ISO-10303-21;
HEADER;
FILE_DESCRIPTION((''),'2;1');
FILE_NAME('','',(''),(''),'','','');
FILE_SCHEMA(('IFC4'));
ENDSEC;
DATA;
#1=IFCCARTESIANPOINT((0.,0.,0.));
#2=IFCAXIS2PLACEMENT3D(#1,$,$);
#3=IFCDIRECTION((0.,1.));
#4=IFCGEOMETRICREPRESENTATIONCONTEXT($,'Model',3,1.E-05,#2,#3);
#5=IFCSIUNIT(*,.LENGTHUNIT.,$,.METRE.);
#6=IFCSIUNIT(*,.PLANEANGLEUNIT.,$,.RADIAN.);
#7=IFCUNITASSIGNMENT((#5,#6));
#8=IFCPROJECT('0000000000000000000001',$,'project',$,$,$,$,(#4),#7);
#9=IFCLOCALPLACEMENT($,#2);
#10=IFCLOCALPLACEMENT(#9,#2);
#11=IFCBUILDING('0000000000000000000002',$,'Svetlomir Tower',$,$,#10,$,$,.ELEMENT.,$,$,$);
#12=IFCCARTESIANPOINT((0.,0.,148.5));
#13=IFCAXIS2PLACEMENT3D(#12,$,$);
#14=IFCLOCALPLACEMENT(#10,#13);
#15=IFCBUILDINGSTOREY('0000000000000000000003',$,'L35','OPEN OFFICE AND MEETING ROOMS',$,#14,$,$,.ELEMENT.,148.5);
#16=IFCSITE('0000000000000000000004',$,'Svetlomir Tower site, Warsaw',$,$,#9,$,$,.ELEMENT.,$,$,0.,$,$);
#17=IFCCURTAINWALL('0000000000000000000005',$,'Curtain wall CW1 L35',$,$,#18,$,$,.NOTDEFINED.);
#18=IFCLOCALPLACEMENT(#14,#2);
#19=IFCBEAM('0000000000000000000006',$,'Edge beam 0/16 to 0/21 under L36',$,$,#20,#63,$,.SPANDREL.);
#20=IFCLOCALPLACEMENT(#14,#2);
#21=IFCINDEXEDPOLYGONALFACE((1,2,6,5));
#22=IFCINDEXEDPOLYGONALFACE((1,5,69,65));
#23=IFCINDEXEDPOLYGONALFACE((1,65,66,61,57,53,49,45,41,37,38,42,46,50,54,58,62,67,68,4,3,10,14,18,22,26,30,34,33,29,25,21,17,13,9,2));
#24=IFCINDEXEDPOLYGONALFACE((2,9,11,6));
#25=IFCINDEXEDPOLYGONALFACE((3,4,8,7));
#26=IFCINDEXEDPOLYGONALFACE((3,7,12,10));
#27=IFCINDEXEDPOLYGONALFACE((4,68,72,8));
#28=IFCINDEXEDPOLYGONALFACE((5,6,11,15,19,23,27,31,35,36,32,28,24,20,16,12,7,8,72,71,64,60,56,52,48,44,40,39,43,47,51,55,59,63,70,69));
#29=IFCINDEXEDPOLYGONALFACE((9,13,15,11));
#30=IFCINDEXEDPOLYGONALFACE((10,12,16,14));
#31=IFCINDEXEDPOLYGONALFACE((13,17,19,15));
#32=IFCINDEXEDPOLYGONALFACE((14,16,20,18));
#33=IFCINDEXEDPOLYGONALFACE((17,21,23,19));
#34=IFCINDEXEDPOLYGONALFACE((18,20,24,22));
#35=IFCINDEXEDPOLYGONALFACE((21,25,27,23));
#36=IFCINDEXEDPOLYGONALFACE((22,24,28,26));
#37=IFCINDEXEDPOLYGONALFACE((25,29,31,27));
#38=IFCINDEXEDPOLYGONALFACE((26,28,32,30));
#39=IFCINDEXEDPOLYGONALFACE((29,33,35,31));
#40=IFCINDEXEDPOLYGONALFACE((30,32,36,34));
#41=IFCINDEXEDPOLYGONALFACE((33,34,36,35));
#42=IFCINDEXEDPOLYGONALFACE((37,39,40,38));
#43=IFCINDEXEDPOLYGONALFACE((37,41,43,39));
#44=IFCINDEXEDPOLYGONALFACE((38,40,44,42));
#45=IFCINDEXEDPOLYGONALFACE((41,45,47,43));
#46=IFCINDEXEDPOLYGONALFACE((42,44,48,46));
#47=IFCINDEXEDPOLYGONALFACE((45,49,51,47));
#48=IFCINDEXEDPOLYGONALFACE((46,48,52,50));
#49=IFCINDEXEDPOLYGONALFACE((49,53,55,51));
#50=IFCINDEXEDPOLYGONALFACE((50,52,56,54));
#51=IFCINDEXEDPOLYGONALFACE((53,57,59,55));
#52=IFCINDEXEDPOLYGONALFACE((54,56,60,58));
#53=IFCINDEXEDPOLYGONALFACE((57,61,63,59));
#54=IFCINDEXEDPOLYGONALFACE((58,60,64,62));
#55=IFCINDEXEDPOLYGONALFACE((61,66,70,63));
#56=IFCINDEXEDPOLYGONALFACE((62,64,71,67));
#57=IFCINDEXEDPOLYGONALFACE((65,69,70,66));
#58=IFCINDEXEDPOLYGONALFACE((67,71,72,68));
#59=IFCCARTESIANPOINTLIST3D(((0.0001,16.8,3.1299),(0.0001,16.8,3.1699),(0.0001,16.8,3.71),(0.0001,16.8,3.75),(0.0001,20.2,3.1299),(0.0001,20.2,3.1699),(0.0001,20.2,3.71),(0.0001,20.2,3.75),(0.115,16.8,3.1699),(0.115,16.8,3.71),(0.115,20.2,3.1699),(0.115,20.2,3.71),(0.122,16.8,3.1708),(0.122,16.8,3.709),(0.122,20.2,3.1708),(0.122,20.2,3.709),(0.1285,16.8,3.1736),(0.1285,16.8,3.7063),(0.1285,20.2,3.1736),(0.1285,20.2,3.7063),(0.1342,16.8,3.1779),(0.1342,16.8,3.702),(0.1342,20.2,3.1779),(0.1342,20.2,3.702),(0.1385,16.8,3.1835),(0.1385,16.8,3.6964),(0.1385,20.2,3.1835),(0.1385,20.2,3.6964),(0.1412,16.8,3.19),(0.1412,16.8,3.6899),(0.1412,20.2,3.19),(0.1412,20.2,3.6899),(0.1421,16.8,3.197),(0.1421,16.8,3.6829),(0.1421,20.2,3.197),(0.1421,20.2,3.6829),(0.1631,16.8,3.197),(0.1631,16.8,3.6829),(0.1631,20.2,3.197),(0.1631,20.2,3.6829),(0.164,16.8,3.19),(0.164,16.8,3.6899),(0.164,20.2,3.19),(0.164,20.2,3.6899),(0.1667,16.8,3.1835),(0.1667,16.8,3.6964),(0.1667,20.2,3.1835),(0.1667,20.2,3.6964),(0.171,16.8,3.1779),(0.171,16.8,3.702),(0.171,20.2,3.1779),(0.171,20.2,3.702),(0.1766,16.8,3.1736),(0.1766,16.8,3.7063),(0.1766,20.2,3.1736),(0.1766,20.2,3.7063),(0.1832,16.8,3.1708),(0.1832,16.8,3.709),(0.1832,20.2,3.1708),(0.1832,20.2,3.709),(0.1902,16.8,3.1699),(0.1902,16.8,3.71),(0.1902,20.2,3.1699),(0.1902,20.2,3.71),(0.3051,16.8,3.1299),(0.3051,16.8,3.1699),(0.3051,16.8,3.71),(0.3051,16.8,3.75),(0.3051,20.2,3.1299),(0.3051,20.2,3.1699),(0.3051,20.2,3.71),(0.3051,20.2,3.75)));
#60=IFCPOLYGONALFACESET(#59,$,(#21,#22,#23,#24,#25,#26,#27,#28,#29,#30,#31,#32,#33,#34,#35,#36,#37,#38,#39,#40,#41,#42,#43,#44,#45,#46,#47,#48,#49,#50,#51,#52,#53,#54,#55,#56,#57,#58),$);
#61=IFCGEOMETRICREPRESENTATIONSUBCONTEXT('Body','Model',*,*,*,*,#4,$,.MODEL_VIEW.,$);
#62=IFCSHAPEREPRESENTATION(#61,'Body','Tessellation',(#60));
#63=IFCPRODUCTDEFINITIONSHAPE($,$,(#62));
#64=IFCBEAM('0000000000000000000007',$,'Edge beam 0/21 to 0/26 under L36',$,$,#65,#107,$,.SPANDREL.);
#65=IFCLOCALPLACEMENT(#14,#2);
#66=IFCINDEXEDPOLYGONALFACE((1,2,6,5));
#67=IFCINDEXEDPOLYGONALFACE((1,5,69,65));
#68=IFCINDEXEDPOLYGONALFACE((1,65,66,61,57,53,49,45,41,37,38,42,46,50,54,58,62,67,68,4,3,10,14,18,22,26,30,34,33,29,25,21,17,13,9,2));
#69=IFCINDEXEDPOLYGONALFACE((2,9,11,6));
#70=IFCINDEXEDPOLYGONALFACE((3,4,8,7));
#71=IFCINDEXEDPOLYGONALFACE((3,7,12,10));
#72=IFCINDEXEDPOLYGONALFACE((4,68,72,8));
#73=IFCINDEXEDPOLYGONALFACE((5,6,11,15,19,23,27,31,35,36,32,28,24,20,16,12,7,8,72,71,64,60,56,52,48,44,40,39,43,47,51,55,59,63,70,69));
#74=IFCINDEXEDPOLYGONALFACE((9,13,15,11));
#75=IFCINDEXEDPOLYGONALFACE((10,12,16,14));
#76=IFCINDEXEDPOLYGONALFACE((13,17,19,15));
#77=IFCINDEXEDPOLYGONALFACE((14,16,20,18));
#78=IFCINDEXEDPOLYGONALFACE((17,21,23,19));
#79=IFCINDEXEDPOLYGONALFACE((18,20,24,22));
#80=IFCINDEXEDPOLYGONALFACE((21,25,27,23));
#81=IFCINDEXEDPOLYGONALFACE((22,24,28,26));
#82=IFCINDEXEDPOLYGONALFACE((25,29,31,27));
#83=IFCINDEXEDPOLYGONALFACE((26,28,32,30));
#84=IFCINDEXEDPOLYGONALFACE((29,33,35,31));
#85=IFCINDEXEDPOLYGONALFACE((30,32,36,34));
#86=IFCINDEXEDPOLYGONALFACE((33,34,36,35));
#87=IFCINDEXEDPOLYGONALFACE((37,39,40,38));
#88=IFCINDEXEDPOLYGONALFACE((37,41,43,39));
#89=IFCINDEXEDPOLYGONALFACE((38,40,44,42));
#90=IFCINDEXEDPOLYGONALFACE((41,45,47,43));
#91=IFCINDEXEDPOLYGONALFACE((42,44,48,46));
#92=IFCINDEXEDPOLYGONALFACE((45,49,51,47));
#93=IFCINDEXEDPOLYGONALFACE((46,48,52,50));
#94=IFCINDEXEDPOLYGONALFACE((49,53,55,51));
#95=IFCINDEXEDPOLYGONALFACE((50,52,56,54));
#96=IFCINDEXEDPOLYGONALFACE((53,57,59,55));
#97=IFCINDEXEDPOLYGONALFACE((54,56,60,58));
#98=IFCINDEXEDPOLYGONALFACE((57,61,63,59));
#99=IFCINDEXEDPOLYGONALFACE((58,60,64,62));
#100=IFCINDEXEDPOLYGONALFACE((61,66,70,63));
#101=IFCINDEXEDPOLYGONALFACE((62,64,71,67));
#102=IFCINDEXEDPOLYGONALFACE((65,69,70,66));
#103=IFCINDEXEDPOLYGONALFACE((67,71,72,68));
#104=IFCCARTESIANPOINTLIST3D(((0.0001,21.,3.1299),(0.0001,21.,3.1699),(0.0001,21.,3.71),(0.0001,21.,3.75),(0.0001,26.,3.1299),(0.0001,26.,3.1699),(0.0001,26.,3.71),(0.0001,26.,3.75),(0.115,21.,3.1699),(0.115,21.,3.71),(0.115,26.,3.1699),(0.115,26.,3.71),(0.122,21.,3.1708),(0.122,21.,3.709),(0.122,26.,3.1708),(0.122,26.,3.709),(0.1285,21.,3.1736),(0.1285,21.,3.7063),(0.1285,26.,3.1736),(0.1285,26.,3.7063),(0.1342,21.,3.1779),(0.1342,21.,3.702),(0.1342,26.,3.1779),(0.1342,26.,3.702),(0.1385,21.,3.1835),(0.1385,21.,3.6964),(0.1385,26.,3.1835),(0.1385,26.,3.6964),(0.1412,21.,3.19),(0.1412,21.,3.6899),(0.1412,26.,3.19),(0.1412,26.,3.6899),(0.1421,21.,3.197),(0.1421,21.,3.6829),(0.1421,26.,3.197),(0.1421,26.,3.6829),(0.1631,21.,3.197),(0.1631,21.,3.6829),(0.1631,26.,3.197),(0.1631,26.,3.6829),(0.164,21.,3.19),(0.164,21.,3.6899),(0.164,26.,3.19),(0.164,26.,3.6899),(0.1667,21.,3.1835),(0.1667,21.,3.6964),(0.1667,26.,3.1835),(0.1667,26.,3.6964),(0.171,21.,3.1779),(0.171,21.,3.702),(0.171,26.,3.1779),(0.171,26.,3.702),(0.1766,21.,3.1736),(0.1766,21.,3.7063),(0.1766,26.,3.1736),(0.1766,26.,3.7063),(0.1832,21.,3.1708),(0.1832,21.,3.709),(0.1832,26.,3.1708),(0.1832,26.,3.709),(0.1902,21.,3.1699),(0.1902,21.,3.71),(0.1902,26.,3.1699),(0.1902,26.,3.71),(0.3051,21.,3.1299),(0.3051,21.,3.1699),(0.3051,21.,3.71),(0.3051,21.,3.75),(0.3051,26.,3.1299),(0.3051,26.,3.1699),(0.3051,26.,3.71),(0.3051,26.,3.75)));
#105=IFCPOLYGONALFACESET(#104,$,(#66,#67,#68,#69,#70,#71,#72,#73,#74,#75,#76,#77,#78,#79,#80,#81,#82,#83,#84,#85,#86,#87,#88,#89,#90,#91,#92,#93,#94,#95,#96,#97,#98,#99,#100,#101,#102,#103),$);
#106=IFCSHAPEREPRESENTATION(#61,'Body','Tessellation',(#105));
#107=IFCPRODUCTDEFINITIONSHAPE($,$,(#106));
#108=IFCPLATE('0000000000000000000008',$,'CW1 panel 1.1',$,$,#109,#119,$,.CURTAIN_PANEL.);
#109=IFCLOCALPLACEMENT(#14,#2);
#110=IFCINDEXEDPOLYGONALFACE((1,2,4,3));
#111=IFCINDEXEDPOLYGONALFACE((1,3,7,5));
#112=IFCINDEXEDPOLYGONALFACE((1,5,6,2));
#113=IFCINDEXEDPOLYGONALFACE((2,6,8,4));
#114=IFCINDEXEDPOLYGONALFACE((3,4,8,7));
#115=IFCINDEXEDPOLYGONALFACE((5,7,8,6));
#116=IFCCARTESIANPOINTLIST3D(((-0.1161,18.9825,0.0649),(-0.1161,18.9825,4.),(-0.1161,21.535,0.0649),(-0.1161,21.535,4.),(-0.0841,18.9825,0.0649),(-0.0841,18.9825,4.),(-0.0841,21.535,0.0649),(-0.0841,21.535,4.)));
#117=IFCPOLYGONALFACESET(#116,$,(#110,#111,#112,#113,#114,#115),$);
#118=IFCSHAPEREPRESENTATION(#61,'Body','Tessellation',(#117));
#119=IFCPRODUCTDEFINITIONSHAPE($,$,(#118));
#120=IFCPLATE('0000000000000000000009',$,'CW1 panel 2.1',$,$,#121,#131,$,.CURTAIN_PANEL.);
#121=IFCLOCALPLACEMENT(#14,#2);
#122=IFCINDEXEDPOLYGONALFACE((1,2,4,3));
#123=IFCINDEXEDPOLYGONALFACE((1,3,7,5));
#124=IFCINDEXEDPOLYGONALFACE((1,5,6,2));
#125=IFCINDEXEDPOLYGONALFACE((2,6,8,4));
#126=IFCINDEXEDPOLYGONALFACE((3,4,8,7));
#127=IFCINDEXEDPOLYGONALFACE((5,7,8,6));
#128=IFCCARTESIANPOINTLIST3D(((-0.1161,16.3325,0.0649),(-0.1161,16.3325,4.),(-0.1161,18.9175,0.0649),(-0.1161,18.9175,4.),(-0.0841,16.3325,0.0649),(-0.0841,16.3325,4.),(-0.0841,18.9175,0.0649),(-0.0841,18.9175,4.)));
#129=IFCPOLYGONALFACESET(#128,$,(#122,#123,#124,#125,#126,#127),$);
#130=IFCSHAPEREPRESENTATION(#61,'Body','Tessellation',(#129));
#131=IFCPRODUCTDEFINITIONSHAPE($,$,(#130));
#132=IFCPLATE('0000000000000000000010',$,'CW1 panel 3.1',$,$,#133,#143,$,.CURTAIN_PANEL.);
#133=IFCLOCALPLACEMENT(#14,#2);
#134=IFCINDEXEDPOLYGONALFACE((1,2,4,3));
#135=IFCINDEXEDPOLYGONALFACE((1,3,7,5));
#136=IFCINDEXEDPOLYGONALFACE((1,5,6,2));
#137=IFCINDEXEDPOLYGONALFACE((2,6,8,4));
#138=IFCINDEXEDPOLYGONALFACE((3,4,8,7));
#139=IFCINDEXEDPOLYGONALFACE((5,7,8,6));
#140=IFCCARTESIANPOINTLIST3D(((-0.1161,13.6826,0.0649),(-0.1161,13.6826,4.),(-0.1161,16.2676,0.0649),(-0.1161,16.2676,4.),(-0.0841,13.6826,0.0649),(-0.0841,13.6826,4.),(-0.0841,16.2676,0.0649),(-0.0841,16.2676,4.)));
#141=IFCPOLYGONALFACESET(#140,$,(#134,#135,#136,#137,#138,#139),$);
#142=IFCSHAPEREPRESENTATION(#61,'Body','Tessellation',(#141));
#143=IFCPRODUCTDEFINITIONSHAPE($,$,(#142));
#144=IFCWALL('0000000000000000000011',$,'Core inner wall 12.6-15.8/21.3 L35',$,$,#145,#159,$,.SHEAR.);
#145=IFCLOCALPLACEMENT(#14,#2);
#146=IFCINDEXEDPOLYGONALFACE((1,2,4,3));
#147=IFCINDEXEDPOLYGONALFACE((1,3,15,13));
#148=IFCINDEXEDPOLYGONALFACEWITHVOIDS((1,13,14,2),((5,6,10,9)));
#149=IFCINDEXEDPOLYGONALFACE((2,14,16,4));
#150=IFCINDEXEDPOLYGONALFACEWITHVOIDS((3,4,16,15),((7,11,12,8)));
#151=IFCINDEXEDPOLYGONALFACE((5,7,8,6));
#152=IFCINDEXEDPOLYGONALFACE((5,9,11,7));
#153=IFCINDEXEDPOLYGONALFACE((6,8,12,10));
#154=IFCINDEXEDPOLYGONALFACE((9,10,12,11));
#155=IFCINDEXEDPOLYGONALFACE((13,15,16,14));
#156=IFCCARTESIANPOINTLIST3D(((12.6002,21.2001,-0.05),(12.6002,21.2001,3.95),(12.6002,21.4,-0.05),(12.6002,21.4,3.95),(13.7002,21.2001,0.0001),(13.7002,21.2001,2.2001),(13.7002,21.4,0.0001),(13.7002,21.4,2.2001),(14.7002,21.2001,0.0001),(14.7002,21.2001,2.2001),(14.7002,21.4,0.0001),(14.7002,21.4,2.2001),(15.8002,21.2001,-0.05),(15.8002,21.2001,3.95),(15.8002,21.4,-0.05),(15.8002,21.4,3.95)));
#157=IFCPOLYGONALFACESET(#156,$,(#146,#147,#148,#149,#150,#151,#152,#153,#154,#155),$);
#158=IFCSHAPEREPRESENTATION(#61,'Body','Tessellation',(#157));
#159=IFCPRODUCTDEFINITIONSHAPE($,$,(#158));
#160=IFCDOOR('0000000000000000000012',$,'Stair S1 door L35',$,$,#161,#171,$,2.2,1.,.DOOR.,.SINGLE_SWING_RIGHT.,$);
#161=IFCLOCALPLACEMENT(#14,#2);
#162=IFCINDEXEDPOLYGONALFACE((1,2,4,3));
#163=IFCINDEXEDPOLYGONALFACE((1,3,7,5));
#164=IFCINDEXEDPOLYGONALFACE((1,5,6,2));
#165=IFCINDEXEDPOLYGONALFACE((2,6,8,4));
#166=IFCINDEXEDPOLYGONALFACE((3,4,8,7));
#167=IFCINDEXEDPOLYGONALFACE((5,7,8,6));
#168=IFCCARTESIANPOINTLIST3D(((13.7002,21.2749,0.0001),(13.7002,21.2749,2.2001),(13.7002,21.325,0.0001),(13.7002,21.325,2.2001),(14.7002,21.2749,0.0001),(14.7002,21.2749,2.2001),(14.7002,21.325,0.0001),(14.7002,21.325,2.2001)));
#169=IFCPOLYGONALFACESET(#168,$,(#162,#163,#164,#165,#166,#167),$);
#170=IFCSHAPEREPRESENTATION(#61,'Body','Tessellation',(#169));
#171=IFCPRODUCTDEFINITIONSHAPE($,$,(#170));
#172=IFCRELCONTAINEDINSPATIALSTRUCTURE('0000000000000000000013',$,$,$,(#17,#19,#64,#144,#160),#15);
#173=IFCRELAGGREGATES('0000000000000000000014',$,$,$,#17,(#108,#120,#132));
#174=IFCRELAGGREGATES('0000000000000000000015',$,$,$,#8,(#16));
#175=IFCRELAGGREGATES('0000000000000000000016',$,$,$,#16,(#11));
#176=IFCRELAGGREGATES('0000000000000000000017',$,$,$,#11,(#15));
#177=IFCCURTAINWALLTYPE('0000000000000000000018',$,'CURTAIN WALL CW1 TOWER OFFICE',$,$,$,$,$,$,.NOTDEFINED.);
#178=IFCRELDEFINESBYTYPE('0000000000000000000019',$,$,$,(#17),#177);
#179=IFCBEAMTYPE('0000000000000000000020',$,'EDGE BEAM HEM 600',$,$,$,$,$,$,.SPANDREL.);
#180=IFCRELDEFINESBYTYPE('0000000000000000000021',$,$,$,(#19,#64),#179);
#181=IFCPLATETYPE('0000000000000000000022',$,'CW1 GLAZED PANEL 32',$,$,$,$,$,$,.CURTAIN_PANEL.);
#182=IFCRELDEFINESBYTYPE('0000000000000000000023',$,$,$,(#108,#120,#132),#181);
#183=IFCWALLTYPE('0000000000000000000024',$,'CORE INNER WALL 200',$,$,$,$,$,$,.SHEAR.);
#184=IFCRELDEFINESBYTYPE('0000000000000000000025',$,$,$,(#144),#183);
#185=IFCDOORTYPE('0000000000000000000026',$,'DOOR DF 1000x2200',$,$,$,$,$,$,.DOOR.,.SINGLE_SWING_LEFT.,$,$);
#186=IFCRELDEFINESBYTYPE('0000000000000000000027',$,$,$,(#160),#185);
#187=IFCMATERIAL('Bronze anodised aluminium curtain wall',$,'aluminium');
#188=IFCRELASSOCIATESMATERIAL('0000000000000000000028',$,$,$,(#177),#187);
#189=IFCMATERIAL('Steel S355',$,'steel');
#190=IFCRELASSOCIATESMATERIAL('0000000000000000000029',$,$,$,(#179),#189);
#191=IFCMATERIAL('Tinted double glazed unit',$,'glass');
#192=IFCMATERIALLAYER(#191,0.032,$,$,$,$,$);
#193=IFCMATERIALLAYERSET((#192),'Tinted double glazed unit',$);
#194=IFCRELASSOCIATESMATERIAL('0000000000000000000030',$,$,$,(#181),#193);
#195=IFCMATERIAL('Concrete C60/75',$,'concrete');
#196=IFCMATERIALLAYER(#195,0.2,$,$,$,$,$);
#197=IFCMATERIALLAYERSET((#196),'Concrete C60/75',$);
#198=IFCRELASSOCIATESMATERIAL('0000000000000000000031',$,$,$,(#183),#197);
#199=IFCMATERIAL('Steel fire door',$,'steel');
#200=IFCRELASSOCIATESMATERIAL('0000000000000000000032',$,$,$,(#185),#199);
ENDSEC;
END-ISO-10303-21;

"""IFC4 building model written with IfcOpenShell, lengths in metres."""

from ifc_helpers import new_model, si_unit, direction, frame, frame_2d, origin, origin_2d, place, context, subcontext, project, spatial, rectangle, i_section, extrude, material, layer, layer_set, material_profile, profile_set, type_object, element, fill, aggregate, save


model = new_model("IFC4")

# Units and contexts
model_context = context("Model", 3, precision=1e-05, world=origin(), true_north=direction((0.0, 1.0)))
body_context = subcontext(model_context, "Body", "Model", "MODEL_VIEW")
ifc_project = project(units=[si_unit("LENGTHUNIT", "METRE"), si_unit("PLANEANGLEUNIT", "RADIAN")], contexts=[model_context])

# Site, building, storey
site_placement = place(None, origin())
site = spatial("IfcSite", under=ifc_project, at=site_placement, Name="Svetlomir Tower site, Warsaw", CompositionType="ELEMENT", RefElevation=0.0)
building_placement = place(site_placement, origin())
building = spatial("IfcBuilding", under=site, at=building_placement, Name="Svetlomir Tower", CompositionType="ELEMENT")
storey_placement = place(building_placement, frame((0.0, 0.0, 148.5)))
storey = spatial("IfcBuildingStorey", under=building, at=storey_placement, Name="L35", Description="OPEN OFFICE AND MEETING ROOMS", CompositionType="ELEMENT", Elevation=148.5)

# Curtain wall
ifc_material_1 = material(Name="Bronze anodised aluminium curtain wall", Category="aluminium")
curtain_wall_type = type_object("IfcCurtainWallType", Name="CURTAIN WALL CW1 TOWER OFFICE", PredefinedType="NOTDEFINED", material=ifc_material_1)
curtain_wall_placement = place(storey_placement, origin())
curtain_wall = element("IfcCurtainWall", 1, at=curtain_wall_placement, inside=storey, type_object=curtain_wall_type, Name="Curtain wall CW1 L35", PredefinedType="NOTDEFINED")

# Beams
ifc_material_2 = material(Name="Steel S355", Category="steel")
ifc_material_profile_1 = material_profile(ifc_material_2, i_section(OverallWidth=0.3049, OverallDepth=0.6201, WebThickness=0.021, FlangeThickness=0.04, FilletRadius=0.0271, at=origin_2d()), Name="HEM 600")
ifc_profile_set_1 = profile_set([ifc_material_profile_1], Name="Steel S355")
beam_type_1 = type_object("IfcBeamType", Name="EDGE BEAM HEM 600", PredefinedType="SPANDREL", material=ifc_profile_set_1)
beam_1_placement = place(storey_placement, frame((0.1526, 16.8, 3.4399), z_axis=(0.0, 1.0, 0.0), x_axis=(-1.0, 0.0, 0.0)))
element("IfcBeam", 2, at=beam_1_placement, inside=storey, type_object=beam_type_1, Name="Edge beam 0/16 to 0/21 under L36", PredefinedType="SPANDREL", context=body_context, shape_type="SweptSolid", body=[
    extrude(i_section(OverallWidth=0.3049, OverallDepth=0.6201, WebThickness=0.021, FlangeThickness=0.04, FilletRadius=0.0271, at=origin_2d()), origin(), (0.0, 0.0, 1.0), 3.3999),
])
beam_2_placement = place(storey_placement, frame((0.1526, 21.0, 3.4399), z_axis=(0.0, 1.0, 0.0), x_axis=(-1.0, 0.0, 0.0)))
element("IfcBeam", 3, at=beam_2_placement, inside=storey, type_object=beam_type_1, Name="Edge beam 0/21 to 0/26 under L36", PredefinedType="SPANDREL", context=body_context, shape_type="SweptSolid", body=[
    extrude(i_section(OverallWidth=0.3049, OverallDepth=0.6201, WebThickness=0.021, FlangeThickness=0.04, FilletRadius=0.0271, at=origin_2d()), origin(), (0.0, 0.0, 1.0), 5.0),
])

# Plates
ifc_material_3 = material(Name="Tinted double glazed unit", Category="glass")
ifc_layer_1 = layer(ifc_material_3, 0.032)
ifc_layer_set_1 = layer_set([ifc_layer_1], Name="Tinted double glazed unit")
plate_type = type_object("IfcPlateType", Name="CW1 GLAZED PANEL 32", PredefinedType="CURTAIN_PANEL", material=ifc_layer_set_1)
plate_1_placement = place(storey_placement, frame((-0.1001, 20.2588, 0.0649), z_axis=(0.0, 0.0, 1.0), x_axis=(0.0, -1.0, 0.0)))
plate_1 = element("IfcPlate", 4, at=plate_1_placement, type_object=plate_type, Name="CW1 panel 1.1", PredefinedType="CURTAIN_PANEL", context=body_context, shape_type="SweptSolid", body=[
    extrude(rectangle(XDim=2.5525, YDim=0.032, at=origin_2d()), origin(), (0.0, 0.0, 1.0), 3.9351),
])
plate_2_placement = place(storey_placement, frame((-0.1001, 17.625, 0.0649), z_axis=(0.0, 0.0, 1.0), x_axis=(0.0, -1.0, 0.0)))
plate_2 = element("IfcPlate", 5, at=plate_2_placement, type_object=plate_type, Name="CW1 panel 2.1", PredefinedType="CURTAIN_PANEL", context=body_context, shape_type="SweptSolid", body=[
    extrude(rectangle(XDim=2.585, YDim=0.032, at=origin_2d()), origin(), (0.0, 0.0, 1.0), 3.9351),
])
plate_3_placement = place(storey_placement, frame((-0.1001, 14.9751, 0.0649), z_axis=(0.0, 0.0, 1.0), x_axis=(0.0, -1.0, 0.0)))
plate_3 = element("IfcPlate", 6, at=plate_3_placement, type_object=plate_type, Name="CW1 panel 3.1", PredefinedType="CURTAIN_PANEL", context=body_context, shape_type="SweptSolid", body=[
    extrude(rectangle(XDim=2.585, YDim=0.032, at=origin_2d()), origin(), (0.0, 0.0, 1.0), 3.9351),
])
aggregate(curtain_wall, [plate_1, plate_2, plate_3])

# Wall, opening, door
ifc_material_4 = material(Name="Concrete C60/75", Category="concrete")
ifc_layer_2 = layer(ifc_material_4, 0.2)
ifc_layer_set_2 = layer_set([ifc_layer_2], Name="Concrete C60/75")
wall_type_1 = type_object("IfcWallType", Name="CORE INNER WALL 200", PredefinedType="SHEAR", material=ifc_layer_set_2)
wall_1_placement = place(storey_placement, frame((12.6001, 21.3, -0.05), z_axis=(0.0, 0.0, 1.0), x_axis=(1.0, 0.0, 0.0)))
wall_1 = element("IfcWall", 7, at=wall_1_placement, inside=storey, type_object=wall_type_1, Name="Core inner wall 12.6-15.8/21.3 L35", PredefinedType="SHEAR", context=body_context, shape_type="SweptSolid", body=[
    extrude(rectangle(XDim=3.2, YDim=0.2, at=frame_2d((1.6001, 0.0))), origin(), (0.0, 0.0, 1.0), 4.0),
])
opening_1_placement = place(wall_1_placement, frame((1.1001, 0.0, 0.05)))
opening_1 = element("IfcOpeningElement", 8, at=opening_1_placement, cuts=wall_1, PredefinedType="OPENING", context=body_context, shape_type="SweptSolid", body=[
    extrude(rectangle(XDim=1.0, YDim=2.2, at=frame_2d((0.5, 1.1001))), frame((0.0, 0.1099, 0.0), z_axis=(0.0, -1.0, 0.0), x_axis=(1.0, 0.0, 0.0)), (0.0, 0.0, 1.0), 0.22),
])
ifc_material_5 = material(Name="Steel fire door", Category="steel")
door_type_1 = type_object("IfcDoorType", Name="DOOR DF 1000x2200", OperationType="SINGLE_SWING_LEFT", PredefinedType="DOOR", material=ifc_material_5)
door_1_placement = place(opening_1_placement, origin())
door_1 = element("IfcDoor", 9, at=door_1_placement, inside=storey, type_object=door_type_1, Name="Stair S1 door L35", OperationType="SINGLE_SWING_RIGHT", OverallHeight=2.2, OverallWidth=1.0, PredefinedType="DOOR", context=body_context, shape_type="SweptSolid", body=[
    extrude(rectangle(XDim=1.0, YDim=2.2, at=frame_2d((0.5, 1.1001))), frame((0.0, 0.0249, 0.0), z_axis=(0.0, -1.0, 0.0), x_axis=(1.0, 0.0, 0.0)), (0.0, 0.0, 1.0), 0.05),
])
fill(opening_1, door_1)

save(model, "model.ifc")
